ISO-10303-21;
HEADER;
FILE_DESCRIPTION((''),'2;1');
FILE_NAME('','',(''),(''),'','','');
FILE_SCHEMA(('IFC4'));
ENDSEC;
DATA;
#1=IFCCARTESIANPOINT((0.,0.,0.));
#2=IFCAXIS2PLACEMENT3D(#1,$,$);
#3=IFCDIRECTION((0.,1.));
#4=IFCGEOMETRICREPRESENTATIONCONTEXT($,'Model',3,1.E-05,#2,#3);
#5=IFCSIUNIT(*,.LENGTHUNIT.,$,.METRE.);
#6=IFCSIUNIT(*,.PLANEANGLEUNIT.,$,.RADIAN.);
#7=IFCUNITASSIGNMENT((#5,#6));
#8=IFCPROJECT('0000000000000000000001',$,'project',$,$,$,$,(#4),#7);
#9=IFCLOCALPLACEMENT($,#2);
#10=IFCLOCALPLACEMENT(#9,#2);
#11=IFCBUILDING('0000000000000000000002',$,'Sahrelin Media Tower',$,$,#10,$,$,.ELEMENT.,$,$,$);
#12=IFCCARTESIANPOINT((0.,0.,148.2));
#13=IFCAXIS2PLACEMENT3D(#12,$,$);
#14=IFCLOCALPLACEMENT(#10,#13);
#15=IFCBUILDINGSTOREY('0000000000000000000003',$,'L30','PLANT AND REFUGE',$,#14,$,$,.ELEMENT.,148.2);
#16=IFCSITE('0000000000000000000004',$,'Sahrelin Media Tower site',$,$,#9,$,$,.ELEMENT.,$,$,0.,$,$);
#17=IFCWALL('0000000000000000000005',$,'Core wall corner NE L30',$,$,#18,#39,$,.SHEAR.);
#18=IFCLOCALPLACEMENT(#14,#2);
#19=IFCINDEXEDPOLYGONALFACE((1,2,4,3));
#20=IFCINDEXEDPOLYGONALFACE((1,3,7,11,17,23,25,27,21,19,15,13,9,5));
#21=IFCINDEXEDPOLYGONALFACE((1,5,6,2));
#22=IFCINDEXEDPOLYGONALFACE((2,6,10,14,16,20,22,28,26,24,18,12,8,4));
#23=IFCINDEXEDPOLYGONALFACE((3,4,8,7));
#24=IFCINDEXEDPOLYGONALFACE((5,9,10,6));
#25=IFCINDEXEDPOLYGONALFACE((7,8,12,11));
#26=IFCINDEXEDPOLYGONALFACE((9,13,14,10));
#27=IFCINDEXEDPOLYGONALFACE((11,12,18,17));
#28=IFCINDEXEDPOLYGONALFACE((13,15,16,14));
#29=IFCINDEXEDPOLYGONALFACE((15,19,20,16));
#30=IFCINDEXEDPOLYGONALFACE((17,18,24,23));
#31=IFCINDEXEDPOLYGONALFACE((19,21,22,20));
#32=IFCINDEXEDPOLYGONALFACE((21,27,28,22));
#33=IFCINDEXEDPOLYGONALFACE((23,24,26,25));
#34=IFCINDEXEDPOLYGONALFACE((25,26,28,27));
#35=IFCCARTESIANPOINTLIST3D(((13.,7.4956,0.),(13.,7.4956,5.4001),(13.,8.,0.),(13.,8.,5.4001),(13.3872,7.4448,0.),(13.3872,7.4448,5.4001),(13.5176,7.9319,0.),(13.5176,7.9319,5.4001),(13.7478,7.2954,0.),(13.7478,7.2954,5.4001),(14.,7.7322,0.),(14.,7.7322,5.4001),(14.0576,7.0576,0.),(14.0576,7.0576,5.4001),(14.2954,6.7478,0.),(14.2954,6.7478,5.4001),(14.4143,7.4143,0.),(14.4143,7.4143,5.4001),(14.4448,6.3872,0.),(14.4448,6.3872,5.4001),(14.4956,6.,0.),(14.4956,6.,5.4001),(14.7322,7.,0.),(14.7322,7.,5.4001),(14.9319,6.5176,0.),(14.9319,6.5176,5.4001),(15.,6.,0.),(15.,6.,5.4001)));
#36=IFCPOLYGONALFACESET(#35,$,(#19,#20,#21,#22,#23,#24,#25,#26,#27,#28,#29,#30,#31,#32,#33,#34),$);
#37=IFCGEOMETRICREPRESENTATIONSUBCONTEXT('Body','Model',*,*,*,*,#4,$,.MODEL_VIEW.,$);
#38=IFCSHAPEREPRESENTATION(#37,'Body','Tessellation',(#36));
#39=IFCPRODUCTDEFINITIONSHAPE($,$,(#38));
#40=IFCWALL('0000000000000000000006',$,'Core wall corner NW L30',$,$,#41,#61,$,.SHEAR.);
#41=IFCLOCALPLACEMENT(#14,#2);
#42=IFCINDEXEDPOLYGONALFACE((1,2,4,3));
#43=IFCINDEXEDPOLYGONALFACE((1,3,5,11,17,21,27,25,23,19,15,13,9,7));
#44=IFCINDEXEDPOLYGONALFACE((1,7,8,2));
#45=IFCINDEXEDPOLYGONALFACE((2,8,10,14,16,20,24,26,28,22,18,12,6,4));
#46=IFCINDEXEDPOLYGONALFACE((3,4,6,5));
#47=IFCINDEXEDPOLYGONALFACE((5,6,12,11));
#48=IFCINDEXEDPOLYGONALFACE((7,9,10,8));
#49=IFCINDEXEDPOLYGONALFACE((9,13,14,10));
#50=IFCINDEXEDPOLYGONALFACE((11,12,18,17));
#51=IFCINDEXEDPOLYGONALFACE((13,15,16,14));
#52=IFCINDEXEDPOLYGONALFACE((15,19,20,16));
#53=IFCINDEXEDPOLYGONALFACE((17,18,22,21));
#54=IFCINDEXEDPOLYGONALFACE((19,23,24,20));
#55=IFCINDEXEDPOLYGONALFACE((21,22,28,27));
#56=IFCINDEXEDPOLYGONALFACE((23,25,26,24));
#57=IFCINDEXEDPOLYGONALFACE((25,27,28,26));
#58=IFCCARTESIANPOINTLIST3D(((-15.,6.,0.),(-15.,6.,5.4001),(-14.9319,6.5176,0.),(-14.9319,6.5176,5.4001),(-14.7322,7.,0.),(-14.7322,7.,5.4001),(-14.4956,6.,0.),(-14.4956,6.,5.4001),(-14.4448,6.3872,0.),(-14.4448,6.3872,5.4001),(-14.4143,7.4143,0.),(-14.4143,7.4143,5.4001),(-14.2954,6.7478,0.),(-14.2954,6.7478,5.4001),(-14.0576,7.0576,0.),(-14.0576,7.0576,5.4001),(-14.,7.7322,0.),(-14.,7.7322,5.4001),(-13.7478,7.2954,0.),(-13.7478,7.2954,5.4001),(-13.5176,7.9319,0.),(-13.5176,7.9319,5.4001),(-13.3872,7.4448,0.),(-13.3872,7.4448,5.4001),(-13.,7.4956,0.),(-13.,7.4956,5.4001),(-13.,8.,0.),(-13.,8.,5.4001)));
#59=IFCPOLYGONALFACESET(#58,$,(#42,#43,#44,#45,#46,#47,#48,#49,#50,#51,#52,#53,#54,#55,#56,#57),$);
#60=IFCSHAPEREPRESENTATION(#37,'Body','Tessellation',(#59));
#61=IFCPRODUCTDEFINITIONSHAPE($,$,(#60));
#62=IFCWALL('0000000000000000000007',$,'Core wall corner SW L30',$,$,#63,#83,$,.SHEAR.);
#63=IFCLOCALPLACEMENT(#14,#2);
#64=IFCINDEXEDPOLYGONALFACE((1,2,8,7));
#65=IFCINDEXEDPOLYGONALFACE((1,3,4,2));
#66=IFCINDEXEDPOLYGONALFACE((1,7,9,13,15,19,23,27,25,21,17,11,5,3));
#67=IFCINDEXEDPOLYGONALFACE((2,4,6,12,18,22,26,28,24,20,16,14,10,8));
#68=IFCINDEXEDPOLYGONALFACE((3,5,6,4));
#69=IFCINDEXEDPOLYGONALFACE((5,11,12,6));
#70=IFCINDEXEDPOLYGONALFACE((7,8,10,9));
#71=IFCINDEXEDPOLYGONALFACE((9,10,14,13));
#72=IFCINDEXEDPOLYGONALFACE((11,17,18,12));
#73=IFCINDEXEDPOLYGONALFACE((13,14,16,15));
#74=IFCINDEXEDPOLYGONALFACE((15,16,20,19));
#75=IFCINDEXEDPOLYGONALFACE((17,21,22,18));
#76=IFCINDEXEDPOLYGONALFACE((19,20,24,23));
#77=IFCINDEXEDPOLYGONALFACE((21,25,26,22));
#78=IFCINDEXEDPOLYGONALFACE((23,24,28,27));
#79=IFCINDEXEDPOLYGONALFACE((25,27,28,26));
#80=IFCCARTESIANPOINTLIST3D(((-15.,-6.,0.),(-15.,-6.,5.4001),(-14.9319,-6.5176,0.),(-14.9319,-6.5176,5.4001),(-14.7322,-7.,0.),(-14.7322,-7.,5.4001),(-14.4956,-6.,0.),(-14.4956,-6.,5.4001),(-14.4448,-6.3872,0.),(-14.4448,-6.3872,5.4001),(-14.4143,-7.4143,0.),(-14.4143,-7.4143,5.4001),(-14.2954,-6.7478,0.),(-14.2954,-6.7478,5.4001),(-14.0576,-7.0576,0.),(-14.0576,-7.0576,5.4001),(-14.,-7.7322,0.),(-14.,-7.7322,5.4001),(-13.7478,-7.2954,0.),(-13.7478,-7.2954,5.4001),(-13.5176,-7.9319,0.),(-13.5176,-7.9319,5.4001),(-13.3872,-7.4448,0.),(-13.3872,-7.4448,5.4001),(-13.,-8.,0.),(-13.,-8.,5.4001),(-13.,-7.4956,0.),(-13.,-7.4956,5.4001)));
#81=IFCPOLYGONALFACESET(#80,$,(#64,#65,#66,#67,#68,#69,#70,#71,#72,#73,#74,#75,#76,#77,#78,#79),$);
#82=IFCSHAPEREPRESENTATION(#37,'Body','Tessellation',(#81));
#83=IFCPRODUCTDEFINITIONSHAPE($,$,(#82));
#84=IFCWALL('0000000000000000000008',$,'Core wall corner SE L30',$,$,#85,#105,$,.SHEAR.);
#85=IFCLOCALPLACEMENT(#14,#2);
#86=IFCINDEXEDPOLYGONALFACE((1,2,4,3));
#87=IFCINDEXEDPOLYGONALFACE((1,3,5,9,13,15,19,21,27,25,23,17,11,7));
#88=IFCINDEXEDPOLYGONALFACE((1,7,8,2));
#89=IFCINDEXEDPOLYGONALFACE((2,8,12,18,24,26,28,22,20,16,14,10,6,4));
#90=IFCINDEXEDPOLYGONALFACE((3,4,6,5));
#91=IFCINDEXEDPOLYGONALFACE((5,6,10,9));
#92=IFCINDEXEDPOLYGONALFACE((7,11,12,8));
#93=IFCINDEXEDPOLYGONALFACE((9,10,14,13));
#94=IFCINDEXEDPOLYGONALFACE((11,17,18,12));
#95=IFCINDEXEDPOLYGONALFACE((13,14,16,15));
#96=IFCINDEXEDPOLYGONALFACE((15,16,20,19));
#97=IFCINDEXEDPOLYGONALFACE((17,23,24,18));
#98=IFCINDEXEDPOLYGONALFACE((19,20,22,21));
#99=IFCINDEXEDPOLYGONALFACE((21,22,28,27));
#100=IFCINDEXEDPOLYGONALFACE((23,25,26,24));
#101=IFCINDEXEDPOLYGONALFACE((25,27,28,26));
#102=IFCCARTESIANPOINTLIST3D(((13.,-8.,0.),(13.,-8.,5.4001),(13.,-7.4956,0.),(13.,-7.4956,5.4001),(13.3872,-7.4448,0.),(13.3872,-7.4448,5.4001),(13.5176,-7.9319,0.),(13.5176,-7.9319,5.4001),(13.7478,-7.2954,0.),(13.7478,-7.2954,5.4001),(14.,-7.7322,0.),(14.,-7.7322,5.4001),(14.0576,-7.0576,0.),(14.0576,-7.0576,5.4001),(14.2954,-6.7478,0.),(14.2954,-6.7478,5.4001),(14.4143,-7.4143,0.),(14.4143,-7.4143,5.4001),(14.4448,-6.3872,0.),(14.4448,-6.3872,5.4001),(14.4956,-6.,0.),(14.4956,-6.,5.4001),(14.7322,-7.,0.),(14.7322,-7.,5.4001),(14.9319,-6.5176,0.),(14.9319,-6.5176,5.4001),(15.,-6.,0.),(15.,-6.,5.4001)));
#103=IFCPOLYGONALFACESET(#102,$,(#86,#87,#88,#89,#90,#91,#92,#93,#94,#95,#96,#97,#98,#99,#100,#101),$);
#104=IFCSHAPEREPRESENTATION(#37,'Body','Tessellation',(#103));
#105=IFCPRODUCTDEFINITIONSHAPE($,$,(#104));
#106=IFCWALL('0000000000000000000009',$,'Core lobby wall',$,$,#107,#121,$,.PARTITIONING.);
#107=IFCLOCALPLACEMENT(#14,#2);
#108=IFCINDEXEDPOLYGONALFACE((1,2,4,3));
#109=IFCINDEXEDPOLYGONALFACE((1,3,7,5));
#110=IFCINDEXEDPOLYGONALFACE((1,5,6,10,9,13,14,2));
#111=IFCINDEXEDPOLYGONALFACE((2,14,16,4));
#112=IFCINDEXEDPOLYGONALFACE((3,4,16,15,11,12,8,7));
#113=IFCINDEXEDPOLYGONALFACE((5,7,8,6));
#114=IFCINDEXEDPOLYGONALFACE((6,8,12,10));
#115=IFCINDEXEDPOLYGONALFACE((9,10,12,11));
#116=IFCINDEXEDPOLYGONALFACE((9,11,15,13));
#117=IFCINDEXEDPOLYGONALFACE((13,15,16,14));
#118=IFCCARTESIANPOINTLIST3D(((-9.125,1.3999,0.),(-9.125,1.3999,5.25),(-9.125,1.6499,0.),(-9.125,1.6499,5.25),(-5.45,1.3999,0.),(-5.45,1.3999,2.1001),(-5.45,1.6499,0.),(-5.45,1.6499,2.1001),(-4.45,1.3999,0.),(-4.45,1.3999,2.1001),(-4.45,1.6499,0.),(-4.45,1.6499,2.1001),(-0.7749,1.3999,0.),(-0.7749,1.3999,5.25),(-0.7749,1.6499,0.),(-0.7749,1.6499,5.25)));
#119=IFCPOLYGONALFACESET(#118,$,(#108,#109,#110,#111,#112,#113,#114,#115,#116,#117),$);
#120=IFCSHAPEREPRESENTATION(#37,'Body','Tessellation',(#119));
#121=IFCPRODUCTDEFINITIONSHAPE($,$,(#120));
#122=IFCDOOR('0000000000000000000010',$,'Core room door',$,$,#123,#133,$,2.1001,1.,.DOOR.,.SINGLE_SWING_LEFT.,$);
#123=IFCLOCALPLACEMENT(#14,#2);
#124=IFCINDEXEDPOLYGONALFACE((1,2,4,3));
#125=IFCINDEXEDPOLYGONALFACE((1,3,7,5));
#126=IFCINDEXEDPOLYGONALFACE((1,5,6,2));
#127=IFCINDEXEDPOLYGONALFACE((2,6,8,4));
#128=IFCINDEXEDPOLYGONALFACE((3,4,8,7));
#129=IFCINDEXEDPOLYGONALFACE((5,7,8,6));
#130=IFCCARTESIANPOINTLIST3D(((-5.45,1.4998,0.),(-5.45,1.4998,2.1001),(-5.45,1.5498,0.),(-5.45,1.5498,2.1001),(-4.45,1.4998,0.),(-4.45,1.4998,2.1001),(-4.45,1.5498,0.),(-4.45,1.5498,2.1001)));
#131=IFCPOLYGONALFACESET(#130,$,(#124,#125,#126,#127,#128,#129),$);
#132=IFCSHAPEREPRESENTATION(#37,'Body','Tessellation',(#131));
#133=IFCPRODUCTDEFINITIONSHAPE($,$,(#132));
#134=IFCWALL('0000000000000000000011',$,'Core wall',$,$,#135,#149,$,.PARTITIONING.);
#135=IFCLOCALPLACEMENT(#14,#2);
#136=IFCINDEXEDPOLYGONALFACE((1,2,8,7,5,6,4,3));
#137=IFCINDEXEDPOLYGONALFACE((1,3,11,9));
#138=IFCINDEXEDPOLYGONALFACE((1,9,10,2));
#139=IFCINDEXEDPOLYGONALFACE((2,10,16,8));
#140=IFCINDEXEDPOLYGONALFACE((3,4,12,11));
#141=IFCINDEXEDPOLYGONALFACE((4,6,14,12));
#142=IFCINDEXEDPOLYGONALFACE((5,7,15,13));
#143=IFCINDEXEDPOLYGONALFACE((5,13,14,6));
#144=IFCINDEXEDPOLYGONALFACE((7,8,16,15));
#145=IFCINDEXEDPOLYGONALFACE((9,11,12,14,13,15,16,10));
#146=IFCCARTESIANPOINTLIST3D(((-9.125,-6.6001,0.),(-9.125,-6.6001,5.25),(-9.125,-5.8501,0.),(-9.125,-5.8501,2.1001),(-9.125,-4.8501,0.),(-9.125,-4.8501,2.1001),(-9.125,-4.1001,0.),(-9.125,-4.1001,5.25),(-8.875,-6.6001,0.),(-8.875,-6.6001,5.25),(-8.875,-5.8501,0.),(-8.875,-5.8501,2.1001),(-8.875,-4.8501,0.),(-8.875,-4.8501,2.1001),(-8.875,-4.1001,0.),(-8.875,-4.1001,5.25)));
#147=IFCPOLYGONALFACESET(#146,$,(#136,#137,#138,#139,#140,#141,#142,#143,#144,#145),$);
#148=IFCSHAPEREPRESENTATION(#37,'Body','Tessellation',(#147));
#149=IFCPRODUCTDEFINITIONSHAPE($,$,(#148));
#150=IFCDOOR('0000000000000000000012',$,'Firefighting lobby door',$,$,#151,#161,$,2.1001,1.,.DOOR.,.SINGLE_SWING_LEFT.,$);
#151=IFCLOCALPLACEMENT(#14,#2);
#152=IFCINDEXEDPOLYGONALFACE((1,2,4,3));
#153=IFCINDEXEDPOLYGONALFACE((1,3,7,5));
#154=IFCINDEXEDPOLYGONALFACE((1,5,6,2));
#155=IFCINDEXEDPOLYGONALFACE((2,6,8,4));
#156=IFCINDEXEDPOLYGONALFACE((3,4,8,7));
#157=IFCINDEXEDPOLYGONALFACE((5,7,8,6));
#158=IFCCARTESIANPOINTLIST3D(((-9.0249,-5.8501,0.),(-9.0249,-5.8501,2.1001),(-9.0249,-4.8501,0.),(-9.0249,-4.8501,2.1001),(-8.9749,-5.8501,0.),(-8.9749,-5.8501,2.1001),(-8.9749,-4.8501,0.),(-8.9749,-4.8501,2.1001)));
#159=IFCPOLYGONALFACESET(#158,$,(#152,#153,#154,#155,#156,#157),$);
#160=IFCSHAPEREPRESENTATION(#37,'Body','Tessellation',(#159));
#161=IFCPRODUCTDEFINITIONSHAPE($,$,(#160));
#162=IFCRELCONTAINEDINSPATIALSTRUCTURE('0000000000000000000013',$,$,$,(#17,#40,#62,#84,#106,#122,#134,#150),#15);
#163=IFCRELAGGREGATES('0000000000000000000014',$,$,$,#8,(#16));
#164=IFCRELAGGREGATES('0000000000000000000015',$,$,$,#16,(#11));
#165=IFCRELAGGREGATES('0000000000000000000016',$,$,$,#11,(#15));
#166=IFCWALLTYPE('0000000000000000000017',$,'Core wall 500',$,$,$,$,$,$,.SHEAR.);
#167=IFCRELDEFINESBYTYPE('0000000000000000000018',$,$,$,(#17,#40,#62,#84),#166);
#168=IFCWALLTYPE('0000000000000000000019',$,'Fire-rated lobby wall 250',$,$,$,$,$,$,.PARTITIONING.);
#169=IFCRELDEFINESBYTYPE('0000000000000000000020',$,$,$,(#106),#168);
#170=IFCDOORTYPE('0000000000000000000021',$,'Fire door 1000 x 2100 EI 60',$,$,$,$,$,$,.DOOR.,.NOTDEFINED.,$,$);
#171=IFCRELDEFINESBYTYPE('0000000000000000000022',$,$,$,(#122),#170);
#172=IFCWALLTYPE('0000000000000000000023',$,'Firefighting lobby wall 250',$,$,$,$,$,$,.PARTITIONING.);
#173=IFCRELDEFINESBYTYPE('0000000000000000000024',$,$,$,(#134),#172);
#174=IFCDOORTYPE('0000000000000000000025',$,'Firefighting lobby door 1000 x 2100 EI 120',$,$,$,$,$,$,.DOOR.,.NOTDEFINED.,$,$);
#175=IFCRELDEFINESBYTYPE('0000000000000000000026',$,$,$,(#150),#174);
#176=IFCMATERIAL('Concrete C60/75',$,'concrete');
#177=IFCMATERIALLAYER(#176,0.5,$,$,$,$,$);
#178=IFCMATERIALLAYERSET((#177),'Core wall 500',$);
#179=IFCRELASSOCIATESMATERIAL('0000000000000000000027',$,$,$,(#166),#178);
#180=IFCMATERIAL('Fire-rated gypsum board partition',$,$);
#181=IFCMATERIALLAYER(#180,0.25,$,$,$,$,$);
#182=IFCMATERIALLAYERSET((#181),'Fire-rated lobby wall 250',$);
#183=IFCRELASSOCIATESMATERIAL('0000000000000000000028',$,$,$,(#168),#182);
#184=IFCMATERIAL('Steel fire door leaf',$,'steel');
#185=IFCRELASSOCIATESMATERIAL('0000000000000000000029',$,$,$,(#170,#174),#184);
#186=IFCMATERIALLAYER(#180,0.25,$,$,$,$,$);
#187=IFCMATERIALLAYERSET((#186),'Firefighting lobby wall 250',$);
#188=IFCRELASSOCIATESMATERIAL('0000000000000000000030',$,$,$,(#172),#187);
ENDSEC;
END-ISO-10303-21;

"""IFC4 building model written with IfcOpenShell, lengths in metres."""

from ifc_helpers import new_model, si_unit, direction, frame, frame_2d, origin, place, context, subcontext, project, spatial, polyline, rectangle, outline, extrude, material, layer, layer_set, type_object, element, fill, save


model = new_model("IFC4")

# Units and contexts
model_context = context("Model", 3, precision=1e-05, world=origin(), true_north=direction((0.0, 1.0)))
body_context = subcontext(model_context, "Body", "Model", "MODEL_VIEW")
ifc_project = project(units=[si_unit("LENGTHUNIT", "METRE"), si_unit("PLANEANGLEUNIT", "RADIAN")], contexts=[model_context])

# Site, building, storey
site_placement = place(None, origin())
site = spatial("IfcSite", under=ifc_project, at=site_placement, Name="Sahrelin Media Tower site", CompositionType="ELEMENT", RefElevation=0.0)
building_placement = place(site_placement, origin())
building = spatial("IfcBuilding", under=site, at=building_placement, Name="Sahrelin Media Tower", CompositionType="ELEMENT")
storey_placement = place(building_placement, frame((0.0, 0.0, 148.2)))
storey = spatial("IfcBuildingStorey", under=building, at=storey_placement, Name="L30", Description="PLANT AND REFUGE", CompositionType="ELEMENT", Elevation=148.2)

# Walls
ifc_material_1 = material(Name="Concrete C60/75", Category="concrete")
ifc_layer_1 = layer(ifc_material_1, 0.5)
ifc_layer_set_1 = layer_set([ifc_layer_1], Name="Core wall 500")
wall_type_1 = type_object("IfcWallType", Name="Core wall 500", PredefinedType="SHEAR", material=ifc_layer_set_1)
placement_1 = place(storey_placement, origin())
element("IfcWall", 1, at=placement_1, inside=storey, type_object=wall_type_1, Name="Core wall corner NE L30", PredefinedType="SHEAR", context=body_context, shape_type="SweptSolid", body=[
    extrude(outline(polyline([(13.0, 8.0), (13.0, 7.4956), (13.3872, 7.4448), (13.7478, 7.2954), (14.0576, 7.0576), (14.2954, 6.7478), (14.4448, 6.3872), (14.4956, 6.0), (15.0, 6.0), (14.9319, 6.5176), (14.7322, 7.0), (14.4143, 7.4143), (14.0, 7.7322), (13.5176, 7.9319), (13.0, 8.0)])), origin(), (0.0, 0.0, 1.0), 5.4001),
])
element("IfcWall", 2, at=placement_1, inside=storey, type_object=wall_type_1, Name="Core wall corner NW L30", PredefinedType="SHEAR", context=body_context, shape_type="SweptSolid", body=[
    extrude(outline(polyline([(-15.0, 6.0), (-14.4956, 6.0), (-14.4448, 6.3872), (-14.2954, 6.7478), (-14.0576, 7.0576), (-13.7478, 7.2954), (-13.3872, 7.4448), (-13.0, 7.4956), (-13.0, 8.0), (-13.5176, 7.9319), (-14.0, 7.7322), (-14.4143, 7.4143), (-14.7322, 7.0), (-14.9319, 6.5176), (-15.0, 6.0)])), origin(), (0.0, 0.0, 1.0), 5.4001),
])
element("IfcWall", 3, at=placement_1, inside=storey, type_object=wall_type_1, Name="Core wall corner SW L30", PredefinedType="SHEAR", context=body_context, shape_type="SweptSolid", body=[
    extrude(outline(polyline([(-13.0, -8.0), (-13.0, -7.4956), (-13.3872, -7.4448), (-13.7478, -7.2954), (-14.0576, -7.0576), (-14.2954, -6.7478), (-14.4448, -6.3872), (-14.4956, -6.0), (-15.0, -6.0), (-14.9319, -6.5176), (-14.7322, -7.0), (-14.4143, -7.4143), (-14.0, -7.7322), (-13.5176, -7.9319), (-13.0, -8.0)])), origin(), (0.0, 0.0, 1.0), 5.4001),
])
element("IfcWall", 4, at=placement_1, inside=storey, type_object=wall_type_1, Name="Core wall corner SE L30", PredefinedType="SHEAR", context=body_context, shape_type="SweptSolid", body=[
    extrude(outline(polyline([(15.0, -6.0), (14.4956, -6.0), (14.4448, -6.3872), (14.2954, -6.7478), (14.0576, -7.0576), (13.7478, -7.2954), (13.3872, -7.4448), (13.0, -7.4956), (13.0, -8.0), (13.5176, -7.9319), (14.0, -7.7322), (14.4143, -7.4143), (14.7322, -7.0), (14.9319, -6.5176), (15.0, -6.0)])), origin(), (0.0, 0.0, 1.0), 5.4001),
])

# Walls, openings, doors
ifc_material_2 = material(Name="Fire-rated gypsum board partition")
ifc_layer_2 = layer(ifc_material_2, 0.25)
ifc_layer_set_2 = layer_set([ifc_layer_2], Name="Fire-rated lobby wall 250")
wall_type_2 = type_object("IfcWallType", Name="Fire-rated lobby wall 250", PredefinedType="PARTITIONING", material=ifc_layer_set_2)
wall_1_placement = place(storey_placement, frame((-9.125, 1.5249, 0.0), z_axis=(0.0, 0.0, 1.0), x_axis=(1.0, 0.0, 0.0)))
wall_1 = element("IfcWall", 5, at=wall_1_placement, inside=storey, type_object=wall_type_2, Name="Core lobby wall", PredefinedType="PARTITIONING", context=body_context, shape_type="SweptSolid", body=[
    extrude(rectangle(XDim=8.3501, YDim=0.25, at=frame_2d((4.175, 0.0))), origin(), (0.0, 0.0, 1.0), 5.25),
])
opening_1_placement = place(wall_1_placement, frame((3.675, 0.0, 0.0)))
opening_1 = element("IfcOpeningElement", 6, at=opening_1_placement, cuts=wall_1, PredefinedType="OPENING", context=body_context, shape_type="SweptSolid", body=[
    extrude(rectangle(XDim=1.0, YDim=2.1001, at=frame_2d((0.5, 1.05))), frame((0.0, 0.125, 0.0), z_axis=(0.0, -1.0, 0.0), x_axis=(1.0, 0.0, 0.0)), (0.0, 0.0, 1.0), 0.25),
])
ifc_material_3 = material(Name="Steel fire door leaf", Category="steel")
door_type_1 = type_object("IfcDoorType", Name="Fire door 1000 x 2100 EI 60", OperationType="NOTDEFINED", PredefinedType="DOOR", material=ifc_material_3)
door_1_placement = place(opening_1_placement, origin())
door_1 = element("IfcDoor", 7, at=door_1_placement, inside=storey, type_object=door_type_1, Name="Core room door", OperationType="SINGLE_SWING_LEFT", OverallHeight=2.1001, OverallWidth=1.0, PredefinedType="DOOR", context=body_context, shape_type="SweptSolid", body=[
    extrude(rectangle(XDim=1.0, YDim=2.1001, at=frame_2d((0.5, 1.05))), frame((0.0, 0.0249, 0.0), z_axis=(0.0, -1.0, 0.0), x_axis=(1.0, 0.0, 0.0)), (0.0, 0.0, 1.0), 0.05),
])
fill(opening_1, door_1)
ifc_layer_3 = layer(ifc_material_2, 0.25)
ifc_layer_set_3 = layer_set([ifc_layer_3], Name="Firefighting lobby wall 250")
wall_type_3 = type_object("IfcWallType", Name="Firefighting lobby wall 250", PredefinedType="PARTITIONING", material=ifc_layer_set_3)
wall_2_placement = place(storey_placement, frame((-9.0, -6.6001, 0.0), z_axis=(0.0, 0.0, 1.0), x_axis=(0.0, 1.0, 0.0)))
wall_2 = element("IfcWall", 8, at=wall_2_placement, inside=storey, type_object=wall_type_3, Name="Core wall", PredefinedType="PARTITIONING", context=body_context, shape_type="SweptSolid", body=[
    extrude(rectangle(XDim=2.5, YDim=0.25, at=frame_2d((1.25, 0.0))), origin(), (0.0, 0.0, 1.0), 5.25),
])
opening_2_placement = place(wall_2_placement, frame((0.75, 0.0, 0.0)))
opening_2 = element("IfcOpeningElement", 9, at=opening_2_placement, cuts=wall_2, PredefinedType="OPENING", context=body_context, shape_type="SweptSolid", body=[
    extrude(rectangle(XDim=1.0, YDim=2.1001, at=frame_2d((0.5, 1.05))), frame((0.0, 0.125, 0.0), z_axis=(0.0, -1.0, 0.0), x_axis=(1.0, 0.0, 0.0)), (0.0, 0.0, 1.0), 0.25),
])
door_type_2 = type_object("IfcDoorType", Name="Firefighting lobby door 1000 x 2100 EI 120", OperationType="NOTDEFINED", PredefinedType="DOOR", material=ifc_material_3)
door_2_placement = place(opening_2_placement, origin())
door_2 = element("IfcDoor", 10, at=door_2_placement, inside=storey, type_object=door_type_2, Name="Firefighting lobby door", OperationType="SINGLE_SWING_LEFT", OverallHeight=2.1001, OverallWidth=1.0, PredefinedType="DOOR", context=body_context, shape_type="SweptSolid", body=[
    extrude(rectangle(XDim=1.0, YDim=2.1001, at=frame_2d((0.5, 1.05))), frame((0.0, 0.0249, 0.0), z_axis=(0.0, -1.0, 0.0), x_axis=(1.0, 0.0, 0.0)), (0.0, 0.0, 1.0), 0.05),
])
fill(opening_2, door_2)

save(model, "model.ifc")
